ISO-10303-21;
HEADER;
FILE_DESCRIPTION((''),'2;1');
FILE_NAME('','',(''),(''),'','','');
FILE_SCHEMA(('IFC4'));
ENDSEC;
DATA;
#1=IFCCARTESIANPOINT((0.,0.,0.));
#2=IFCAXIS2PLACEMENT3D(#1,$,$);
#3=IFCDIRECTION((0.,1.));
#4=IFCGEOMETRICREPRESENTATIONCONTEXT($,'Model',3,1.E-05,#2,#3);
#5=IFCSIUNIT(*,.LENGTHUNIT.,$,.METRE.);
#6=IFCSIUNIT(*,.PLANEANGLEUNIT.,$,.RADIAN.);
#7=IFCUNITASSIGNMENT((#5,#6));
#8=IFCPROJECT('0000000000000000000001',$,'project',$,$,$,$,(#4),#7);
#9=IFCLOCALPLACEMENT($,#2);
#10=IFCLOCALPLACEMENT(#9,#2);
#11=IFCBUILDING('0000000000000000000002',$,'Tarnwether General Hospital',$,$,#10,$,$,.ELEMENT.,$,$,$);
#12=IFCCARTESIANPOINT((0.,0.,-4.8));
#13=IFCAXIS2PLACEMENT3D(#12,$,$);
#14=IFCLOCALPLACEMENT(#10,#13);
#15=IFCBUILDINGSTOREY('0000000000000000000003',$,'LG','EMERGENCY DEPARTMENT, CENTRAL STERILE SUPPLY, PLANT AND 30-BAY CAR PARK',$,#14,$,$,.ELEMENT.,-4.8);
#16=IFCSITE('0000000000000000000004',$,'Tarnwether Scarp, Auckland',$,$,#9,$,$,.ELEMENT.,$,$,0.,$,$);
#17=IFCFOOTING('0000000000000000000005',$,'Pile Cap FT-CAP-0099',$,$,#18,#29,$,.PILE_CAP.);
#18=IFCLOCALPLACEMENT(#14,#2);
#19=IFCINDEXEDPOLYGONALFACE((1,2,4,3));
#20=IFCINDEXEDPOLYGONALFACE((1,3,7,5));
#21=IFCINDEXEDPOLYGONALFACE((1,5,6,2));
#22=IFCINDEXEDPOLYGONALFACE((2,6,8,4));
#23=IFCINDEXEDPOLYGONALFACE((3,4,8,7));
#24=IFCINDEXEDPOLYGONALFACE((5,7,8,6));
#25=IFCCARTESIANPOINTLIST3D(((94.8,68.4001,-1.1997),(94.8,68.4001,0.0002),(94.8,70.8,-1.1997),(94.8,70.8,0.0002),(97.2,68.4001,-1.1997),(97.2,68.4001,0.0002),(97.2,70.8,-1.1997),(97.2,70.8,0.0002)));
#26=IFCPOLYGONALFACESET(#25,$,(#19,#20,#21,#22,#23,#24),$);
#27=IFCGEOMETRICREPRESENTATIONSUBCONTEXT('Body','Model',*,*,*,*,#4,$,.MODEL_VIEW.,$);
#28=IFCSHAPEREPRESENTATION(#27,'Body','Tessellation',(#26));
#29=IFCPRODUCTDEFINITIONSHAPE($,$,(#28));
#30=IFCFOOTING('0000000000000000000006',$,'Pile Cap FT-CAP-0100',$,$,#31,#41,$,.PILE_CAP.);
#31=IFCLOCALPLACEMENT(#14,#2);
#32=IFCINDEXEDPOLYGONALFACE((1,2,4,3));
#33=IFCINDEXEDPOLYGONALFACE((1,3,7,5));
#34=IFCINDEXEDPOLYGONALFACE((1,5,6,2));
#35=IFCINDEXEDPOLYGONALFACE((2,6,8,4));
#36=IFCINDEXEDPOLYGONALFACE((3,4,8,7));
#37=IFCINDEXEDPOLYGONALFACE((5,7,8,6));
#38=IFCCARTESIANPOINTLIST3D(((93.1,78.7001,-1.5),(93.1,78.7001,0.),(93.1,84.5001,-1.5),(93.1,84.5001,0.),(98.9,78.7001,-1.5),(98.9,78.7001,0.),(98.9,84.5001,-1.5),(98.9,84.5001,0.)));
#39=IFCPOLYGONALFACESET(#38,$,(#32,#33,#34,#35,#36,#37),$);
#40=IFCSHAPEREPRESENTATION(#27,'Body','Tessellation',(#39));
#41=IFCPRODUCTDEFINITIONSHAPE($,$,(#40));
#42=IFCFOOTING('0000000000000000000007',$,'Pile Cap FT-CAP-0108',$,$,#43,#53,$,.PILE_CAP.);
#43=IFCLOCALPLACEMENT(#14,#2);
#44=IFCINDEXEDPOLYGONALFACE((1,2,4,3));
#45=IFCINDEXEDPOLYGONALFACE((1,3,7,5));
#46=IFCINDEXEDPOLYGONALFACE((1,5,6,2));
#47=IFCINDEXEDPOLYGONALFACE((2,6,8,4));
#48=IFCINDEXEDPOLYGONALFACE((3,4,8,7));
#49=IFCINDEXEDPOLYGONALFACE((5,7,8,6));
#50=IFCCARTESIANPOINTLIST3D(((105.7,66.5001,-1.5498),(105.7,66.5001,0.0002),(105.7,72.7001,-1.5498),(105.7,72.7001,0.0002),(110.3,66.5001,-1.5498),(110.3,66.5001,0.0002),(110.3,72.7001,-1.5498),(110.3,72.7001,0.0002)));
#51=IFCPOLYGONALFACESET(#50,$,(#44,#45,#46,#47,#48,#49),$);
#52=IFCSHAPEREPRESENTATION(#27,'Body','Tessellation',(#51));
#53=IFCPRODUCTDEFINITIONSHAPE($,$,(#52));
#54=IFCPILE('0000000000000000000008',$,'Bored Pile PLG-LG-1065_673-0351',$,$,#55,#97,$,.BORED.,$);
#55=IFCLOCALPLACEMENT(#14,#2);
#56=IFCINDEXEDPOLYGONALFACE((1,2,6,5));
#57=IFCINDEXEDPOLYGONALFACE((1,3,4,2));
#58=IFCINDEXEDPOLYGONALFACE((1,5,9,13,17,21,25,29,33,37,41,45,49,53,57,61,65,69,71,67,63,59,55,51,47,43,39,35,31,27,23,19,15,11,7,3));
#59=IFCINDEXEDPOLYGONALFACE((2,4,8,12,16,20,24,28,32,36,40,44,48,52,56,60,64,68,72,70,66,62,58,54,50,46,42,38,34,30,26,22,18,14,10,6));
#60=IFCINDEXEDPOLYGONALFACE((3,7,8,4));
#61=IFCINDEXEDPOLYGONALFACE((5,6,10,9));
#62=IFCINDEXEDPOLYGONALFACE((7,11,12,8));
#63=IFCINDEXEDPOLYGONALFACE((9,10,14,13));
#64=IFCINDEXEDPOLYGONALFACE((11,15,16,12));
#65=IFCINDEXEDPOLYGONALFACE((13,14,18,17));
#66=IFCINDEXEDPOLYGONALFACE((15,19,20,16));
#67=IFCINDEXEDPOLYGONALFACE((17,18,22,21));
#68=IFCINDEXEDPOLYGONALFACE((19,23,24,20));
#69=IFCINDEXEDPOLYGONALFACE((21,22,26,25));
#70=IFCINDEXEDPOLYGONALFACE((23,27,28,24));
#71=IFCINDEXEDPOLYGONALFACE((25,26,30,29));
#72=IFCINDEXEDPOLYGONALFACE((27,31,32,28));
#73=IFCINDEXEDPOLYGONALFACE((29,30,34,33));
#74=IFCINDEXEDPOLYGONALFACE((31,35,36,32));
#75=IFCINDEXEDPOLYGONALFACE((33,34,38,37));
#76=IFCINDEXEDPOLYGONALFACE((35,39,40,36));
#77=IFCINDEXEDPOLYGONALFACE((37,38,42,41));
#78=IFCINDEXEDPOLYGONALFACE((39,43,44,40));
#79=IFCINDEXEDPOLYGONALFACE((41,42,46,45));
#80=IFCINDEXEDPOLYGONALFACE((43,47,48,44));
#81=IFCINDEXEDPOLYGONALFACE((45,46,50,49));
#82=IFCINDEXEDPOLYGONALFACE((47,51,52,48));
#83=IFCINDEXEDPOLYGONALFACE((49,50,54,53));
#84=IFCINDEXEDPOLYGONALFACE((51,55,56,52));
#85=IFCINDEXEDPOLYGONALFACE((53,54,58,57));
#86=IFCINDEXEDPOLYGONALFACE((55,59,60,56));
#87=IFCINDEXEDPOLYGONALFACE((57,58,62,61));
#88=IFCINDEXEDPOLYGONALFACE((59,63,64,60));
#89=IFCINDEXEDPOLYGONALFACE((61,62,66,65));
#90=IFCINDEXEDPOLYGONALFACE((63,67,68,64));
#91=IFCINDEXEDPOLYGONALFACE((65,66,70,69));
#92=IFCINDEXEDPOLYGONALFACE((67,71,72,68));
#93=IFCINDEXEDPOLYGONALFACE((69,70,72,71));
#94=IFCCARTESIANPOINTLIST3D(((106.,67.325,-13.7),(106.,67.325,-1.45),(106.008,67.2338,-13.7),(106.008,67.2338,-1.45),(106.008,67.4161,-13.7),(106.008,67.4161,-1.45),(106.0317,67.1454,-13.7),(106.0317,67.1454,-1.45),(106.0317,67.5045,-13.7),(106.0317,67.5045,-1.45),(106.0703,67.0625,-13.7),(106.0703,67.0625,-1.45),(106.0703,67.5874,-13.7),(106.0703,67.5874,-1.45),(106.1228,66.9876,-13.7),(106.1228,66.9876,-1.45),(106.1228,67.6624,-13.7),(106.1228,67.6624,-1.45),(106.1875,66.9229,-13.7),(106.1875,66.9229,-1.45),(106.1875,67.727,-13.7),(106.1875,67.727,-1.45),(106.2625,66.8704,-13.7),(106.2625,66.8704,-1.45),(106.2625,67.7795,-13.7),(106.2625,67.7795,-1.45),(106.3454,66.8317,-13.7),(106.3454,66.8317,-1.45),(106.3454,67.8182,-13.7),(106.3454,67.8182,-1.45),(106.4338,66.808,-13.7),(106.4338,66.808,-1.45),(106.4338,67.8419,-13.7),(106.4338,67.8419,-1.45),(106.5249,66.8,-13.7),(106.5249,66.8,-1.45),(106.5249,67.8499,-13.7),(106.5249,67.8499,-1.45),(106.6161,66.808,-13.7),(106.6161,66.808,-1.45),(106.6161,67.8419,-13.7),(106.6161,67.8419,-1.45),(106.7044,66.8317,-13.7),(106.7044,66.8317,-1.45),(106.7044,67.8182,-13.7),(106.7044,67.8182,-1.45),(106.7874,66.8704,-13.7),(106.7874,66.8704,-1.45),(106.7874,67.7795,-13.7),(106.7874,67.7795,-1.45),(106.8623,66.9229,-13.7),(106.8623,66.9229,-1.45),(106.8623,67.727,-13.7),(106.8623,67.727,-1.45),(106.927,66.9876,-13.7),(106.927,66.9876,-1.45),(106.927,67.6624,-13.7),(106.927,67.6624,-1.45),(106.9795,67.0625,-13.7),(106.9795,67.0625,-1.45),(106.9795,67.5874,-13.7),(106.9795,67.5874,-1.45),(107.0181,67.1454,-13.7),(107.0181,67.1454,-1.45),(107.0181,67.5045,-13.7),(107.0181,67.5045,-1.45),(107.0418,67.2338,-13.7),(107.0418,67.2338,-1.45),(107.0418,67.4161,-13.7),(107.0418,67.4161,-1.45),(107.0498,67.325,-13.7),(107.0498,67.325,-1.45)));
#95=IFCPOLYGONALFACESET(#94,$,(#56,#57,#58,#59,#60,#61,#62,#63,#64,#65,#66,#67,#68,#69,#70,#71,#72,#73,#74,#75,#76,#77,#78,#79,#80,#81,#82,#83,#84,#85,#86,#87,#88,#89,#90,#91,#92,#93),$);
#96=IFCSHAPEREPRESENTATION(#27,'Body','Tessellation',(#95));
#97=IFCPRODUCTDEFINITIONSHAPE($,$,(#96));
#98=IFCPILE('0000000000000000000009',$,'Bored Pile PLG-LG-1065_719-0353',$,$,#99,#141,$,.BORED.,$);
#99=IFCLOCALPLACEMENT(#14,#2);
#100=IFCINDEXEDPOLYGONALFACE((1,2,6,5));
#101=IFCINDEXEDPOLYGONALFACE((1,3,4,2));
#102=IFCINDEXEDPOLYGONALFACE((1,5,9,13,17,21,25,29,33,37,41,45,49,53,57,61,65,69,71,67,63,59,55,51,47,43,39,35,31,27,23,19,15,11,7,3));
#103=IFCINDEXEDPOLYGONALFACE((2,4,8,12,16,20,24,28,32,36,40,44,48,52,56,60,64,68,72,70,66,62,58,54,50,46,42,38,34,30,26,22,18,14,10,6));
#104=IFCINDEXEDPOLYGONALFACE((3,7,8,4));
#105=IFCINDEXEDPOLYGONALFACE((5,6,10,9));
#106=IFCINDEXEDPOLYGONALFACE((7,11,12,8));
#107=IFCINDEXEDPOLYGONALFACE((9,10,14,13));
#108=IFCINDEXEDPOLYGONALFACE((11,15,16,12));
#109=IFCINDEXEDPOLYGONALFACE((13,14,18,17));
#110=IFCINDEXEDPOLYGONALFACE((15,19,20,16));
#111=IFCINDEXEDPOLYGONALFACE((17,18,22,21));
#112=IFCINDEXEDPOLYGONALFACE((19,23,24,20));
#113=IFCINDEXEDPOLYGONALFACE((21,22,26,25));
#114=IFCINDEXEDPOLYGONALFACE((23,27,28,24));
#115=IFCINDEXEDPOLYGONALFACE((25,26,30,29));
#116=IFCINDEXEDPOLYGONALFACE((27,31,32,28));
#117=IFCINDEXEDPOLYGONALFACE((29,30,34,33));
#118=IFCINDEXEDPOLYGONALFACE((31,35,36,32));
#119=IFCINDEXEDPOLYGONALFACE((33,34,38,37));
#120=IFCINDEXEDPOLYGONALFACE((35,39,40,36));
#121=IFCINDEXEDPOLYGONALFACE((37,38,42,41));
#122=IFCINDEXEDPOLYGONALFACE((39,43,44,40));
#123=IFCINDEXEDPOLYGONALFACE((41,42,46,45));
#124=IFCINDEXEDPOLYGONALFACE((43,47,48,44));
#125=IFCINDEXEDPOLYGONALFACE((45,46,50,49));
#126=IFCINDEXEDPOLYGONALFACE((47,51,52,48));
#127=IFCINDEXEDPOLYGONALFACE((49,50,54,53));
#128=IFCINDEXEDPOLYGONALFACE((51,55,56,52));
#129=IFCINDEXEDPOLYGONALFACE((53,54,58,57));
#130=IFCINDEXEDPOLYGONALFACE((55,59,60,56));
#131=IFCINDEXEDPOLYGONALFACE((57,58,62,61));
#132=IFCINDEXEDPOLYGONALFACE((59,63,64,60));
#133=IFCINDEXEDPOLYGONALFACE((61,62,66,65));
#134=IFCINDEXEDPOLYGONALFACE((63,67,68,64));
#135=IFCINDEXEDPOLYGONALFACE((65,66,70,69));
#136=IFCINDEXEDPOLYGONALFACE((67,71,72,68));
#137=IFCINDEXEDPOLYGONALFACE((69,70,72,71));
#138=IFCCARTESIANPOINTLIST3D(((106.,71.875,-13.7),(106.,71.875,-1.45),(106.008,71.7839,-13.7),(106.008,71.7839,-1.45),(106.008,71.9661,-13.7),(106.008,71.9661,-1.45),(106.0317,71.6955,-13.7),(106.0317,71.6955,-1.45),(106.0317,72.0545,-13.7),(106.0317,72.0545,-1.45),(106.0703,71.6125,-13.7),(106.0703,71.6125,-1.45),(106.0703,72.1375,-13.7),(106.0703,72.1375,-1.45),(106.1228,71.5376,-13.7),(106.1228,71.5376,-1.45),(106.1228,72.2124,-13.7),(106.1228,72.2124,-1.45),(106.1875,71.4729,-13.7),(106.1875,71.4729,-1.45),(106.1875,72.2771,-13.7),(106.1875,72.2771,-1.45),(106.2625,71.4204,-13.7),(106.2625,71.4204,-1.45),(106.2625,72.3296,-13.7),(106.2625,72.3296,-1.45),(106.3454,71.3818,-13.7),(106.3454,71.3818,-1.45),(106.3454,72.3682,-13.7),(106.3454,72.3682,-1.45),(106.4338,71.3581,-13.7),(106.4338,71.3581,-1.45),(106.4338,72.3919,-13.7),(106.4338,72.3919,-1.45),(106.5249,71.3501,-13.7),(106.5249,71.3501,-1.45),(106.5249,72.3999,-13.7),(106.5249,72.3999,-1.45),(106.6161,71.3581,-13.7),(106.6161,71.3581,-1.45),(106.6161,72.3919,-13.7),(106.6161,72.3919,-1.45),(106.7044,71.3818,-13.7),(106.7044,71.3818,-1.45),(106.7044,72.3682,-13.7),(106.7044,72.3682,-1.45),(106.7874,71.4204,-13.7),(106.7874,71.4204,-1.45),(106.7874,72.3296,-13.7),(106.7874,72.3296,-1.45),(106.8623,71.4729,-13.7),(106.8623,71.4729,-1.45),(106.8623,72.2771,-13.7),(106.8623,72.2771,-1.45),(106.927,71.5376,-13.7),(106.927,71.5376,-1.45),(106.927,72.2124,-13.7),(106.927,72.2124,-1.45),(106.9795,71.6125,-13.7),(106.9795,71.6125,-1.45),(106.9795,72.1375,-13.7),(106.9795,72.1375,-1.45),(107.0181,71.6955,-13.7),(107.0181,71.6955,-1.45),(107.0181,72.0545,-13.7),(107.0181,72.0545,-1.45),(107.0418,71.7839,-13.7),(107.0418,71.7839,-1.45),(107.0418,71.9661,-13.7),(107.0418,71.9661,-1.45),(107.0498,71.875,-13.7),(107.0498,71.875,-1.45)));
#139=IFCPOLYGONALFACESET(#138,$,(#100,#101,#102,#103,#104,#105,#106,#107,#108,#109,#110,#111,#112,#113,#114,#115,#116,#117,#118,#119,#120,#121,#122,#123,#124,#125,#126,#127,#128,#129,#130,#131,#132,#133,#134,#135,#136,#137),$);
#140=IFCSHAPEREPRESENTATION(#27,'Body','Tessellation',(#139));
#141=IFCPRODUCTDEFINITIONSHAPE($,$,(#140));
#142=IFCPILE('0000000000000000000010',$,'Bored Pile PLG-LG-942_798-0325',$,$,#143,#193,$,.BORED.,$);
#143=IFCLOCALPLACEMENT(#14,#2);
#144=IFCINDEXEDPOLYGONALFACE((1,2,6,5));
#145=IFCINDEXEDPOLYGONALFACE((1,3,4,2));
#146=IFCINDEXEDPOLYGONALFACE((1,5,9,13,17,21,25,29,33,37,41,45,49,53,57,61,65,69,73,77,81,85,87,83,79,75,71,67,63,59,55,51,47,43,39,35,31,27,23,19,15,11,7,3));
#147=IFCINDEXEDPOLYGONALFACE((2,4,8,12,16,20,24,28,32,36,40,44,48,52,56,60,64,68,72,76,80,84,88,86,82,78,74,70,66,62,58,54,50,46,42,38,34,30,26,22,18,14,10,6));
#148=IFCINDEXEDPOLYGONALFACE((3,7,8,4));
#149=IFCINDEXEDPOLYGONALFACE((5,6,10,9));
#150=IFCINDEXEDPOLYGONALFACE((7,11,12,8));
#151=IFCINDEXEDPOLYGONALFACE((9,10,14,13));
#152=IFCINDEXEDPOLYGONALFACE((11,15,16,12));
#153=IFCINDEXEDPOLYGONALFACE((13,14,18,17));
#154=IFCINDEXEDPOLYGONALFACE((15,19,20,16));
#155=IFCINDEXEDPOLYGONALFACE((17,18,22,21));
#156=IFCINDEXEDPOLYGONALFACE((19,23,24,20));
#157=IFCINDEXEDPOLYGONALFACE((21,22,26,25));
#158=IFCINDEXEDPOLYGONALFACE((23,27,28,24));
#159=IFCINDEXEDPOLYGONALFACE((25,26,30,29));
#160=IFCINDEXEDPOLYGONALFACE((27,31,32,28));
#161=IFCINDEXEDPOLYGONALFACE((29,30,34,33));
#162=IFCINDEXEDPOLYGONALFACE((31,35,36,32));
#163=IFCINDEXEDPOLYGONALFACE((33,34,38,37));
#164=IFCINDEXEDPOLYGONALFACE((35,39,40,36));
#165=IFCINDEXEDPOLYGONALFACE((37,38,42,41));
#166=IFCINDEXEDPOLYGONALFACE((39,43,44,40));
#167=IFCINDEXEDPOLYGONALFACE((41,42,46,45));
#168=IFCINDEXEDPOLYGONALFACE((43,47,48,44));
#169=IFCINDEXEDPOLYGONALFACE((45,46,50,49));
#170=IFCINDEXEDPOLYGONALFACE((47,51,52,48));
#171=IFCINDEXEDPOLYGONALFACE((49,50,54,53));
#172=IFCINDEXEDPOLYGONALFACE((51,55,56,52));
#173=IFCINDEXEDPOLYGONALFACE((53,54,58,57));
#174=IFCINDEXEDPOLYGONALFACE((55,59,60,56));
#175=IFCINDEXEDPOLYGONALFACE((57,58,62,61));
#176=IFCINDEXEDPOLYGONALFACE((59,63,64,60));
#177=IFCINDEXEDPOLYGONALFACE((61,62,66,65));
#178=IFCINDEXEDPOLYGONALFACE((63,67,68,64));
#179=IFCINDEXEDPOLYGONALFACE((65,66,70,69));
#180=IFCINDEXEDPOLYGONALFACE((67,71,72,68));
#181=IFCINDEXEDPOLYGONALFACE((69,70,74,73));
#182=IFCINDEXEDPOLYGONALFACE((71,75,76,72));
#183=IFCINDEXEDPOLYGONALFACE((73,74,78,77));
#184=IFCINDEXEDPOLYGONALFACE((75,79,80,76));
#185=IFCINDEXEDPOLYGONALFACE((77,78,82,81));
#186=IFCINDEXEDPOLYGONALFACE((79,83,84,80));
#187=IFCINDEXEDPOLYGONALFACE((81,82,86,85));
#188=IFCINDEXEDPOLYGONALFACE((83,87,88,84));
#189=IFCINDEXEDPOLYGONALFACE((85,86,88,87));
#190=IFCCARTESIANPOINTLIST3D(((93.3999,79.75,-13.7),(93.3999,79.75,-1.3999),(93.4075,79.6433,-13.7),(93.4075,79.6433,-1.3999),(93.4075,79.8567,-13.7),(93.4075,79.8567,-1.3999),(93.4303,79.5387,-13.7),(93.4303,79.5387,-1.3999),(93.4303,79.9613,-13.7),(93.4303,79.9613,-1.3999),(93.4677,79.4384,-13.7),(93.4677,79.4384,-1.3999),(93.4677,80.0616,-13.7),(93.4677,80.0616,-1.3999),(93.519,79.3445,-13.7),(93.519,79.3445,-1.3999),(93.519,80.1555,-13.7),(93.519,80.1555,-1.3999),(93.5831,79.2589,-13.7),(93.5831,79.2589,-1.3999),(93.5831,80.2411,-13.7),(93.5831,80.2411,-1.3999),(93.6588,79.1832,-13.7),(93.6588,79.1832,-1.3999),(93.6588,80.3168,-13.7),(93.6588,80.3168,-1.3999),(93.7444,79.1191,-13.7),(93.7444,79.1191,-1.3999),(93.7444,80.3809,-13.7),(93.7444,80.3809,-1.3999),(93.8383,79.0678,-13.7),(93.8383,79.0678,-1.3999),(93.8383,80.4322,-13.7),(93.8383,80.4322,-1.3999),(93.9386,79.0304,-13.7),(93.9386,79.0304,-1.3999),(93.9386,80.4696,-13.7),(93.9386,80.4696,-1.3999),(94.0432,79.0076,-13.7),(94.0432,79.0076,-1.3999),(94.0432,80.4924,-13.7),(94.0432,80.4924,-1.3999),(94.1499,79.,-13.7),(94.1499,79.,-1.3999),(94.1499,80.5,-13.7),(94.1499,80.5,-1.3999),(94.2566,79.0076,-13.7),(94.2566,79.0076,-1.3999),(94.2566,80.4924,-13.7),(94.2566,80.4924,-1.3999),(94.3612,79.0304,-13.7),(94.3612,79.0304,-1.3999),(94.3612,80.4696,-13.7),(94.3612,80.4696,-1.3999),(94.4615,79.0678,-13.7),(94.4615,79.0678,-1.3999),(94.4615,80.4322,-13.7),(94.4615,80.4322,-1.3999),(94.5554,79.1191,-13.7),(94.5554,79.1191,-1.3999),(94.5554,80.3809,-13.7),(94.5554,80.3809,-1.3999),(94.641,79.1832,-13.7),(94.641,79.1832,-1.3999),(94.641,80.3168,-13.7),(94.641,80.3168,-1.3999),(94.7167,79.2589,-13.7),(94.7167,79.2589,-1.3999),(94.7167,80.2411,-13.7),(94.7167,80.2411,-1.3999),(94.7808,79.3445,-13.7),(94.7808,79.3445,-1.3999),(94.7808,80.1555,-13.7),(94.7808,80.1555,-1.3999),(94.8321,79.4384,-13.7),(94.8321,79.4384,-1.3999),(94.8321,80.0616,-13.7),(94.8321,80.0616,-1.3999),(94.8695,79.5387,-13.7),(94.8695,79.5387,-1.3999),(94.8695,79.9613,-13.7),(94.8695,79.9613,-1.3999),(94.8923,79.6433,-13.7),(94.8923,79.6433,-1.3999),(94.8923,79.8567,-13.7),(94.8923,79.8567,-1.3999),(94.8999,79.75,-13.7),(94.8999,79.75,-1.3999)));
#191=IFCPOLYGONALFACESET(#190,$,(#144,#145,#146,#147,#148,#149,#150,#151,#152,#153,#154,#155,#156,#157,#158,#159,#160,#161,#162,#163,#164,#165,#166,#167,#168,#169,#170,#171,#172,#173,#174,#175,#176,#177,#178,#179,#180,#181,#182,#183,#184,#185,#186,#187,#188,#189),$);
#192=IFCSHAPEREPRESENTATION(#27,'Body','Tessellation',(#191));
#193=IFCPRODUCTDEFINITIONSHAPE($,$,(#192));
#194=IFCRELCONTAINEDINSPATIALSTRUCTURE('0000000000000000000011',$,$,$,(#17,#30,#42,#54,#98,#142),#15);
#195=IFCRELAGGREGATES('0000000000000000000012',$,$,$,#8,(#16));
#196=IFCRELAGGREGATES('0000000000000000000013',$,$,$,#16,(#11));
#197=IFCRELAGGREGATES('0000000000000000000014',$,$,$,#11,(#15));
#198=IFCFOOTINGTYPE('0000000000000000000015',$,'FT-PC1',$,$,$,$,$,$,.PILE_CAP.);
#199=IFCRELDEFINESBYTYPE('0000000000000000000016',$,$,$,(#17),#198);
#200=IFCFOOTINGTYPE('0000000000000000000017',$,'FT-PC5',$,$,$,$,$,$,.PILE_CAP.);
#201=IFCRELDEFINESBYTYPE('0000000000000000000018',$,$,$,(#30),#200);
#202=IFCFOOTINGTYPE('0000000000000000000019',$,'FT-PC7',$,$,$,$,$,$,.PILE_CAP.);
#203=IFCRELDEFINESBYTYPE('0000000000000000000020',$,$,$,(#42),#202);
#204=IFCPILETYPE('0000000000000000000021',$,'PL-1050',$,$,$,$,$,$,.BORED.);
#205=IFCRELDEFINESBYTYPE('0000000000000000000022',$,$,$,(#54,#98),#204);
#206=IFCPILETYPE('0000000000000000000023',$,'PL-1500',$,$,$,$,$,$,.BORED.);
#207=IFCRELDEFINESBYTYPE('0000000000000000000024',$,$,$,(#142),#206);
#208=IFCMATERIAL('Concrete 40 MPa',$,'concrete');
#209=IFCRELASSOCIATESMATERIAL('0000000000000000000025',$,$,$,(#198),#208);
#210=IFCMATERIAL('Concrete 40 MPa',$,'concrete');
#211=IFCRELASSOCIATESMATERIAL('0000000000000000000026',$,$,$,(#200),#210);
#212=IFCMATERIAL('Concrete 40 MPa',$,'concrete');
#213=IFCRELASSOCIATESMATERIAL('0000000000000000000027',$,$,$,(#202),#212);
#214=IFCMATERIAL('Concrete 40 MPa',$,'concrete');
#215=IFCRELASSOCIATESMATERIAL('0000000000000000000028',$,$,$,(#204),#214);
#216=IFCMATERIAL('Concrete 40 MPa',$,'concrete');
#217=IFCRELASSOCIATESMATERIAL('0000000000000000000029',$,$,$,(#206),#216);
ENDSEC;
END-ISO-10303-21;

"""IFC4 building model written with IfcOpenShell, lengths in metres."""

from ifc_helpers import new_model, si_unit, direction, frame, origin, origin_2d, place, context, subcontext, project, spatial, rectangle, circle, extrude, material, material_profile, profile_set, type_object, element, save


model = new_model("IFC4")

# Units and contexts
model_context = context("Model", 3, precision=1e-05, world=origin(), true_north=direction((0.0, 1.0)))
body_context = subcontext(model_context, "Body", "Model", "MODEL_VIEW")
ifc_project = project(units=[si_unit("LENGTHUNIT", "METRE"), si_unit("PLANEANGLEUNIT", "RADIAN")], contexts=[model_context])

# Site, building, storey
site_placement = place(None, origin())
site = spatial("IfcSite", under=ifc_project, at=site_placement, Name="Tarnwether Scarp, Auckland", CompositionType="ELEMENT", RefElevation=0.0)
building_placement = place(site_placement, origin())
building = spatial("IfcBuilding", under=site, at=building_placement, Name="Tarnwether General Hospital", CompositionType="ELEMENT")
storey_placement = place(building_placement, frame((0.0, 0.0, -4.8)))
storey = spatial("IfcBuildingStorey", under=building, at=storey_placement, Name="LG", Description="EMERGENCY DEPARTMENT, CENTRAL STERILE SUPPLY, PLANT AND 30-BAY CAR PARK", CompositionType="ELEMENT", Elevation=-4.8)

# Footings
ifc_material_1 = material(Name="Concrete 40 MPa", Category="concrete")
footing_type_1 = type_object("IfcFootingType", Name="FT-PC1", PredefinedType="PILE_CAP", material=ifc_material_1)
footing_1_placement = place(storey_placement, frame((96.0, 69.6001, -1.1997), z_axis=(0.0, 0.0, 1.0), x_axis=(1.0, 0.0, 0.0)))
element("IfcFooting", 1, at=footing_1_placement, inside=storey, type_object=footing_type_1, Name="Pile Cap FT-CAP-0099", PredefinedType="PILE_CAP", context=body_context, shape_type="SweptSolid", body=[
    extrude(rectangle(XDim=2.3999, YDim=2.3999, at=origin_2d()), origin(), (0.0, 0.0, 1.0), 1.2),
])
ifc_material_2 = material(Name="Concrete 40 MPa", Category="concrete")
footing_type_2 = type_object("IfcFootingType", Name="FT-PC5", PredefinedType="PILE_CAP", material=ifc_material_2)
footing_2_placement = place(storey_placement, frame((96.0, 81.6001, -1.5), z_axis=(0.0, 0.0, 1.0), x_axis=(1.0, 0.0, 0.0)))
element("IfcFooting", 2, at=footing_2_placement, inside=storey, type_object=footing_type_2, Name="Pile Cap FT-CAP-0100", PredefinedType="PILE_CAP", context=body_context, shape_type="SweptSolid", body=[
    extrude(rectangle(XDim=5.8, YDim=5.8, at=origin_2d()), origin(), (0.0, 0.0, 1.0), 1.5),
])
ifc_material_3 = material(Name="Concrete 40 MPa", Category="concrete")
footing_type_3 = type_object("IfcFootingType", Name="FT-PC7", PredefinedType="PILE_CAP", material=ifc_material_3)
footing_3_placement = place(storey_placement, frame((108.0, 69.6001, -1.5498), z_axis=(0.0, 0.0, 1.0), x_axis=(0.0, 1.0, 0.0)))
element("IfcFooting", 3, at=footing_3_placement, inside=storey, type_object=footing_type_3, Name="Pile Cap FT-CAP-0108", PredefinedType="PILE_CAP", context=body_context, shape_type="SweptSolid", body=[
    extrude(rectangle(XDim=6.2, YDim=4.6001, at=origin_2d()), origin(), (0.0, 0.0, 1.0), 1.55),
])

# Piles
ifc_material_4 = material(Name="Concrete 40 MPa", Category="concrete")
ifc_material_profile_1 = material_profile(ifc_material_4, circle(Radius=0.5249, at=origin_2d()), Name="PILE-D1050")
ifc_profile_set_1 = profile_set([ifc_material_profile_1], Name="Concrete 40 MPa")
pile_type_1 = type_object("IfcPileType", Name="PL-1050", PredefinedType="BORED", material=ifc_profile_set_1)
for number, where, z_axis, x_axis, name in (
    (4, (106.5249, 67.325, -1.45), (0.0, 0.0, -1.0), (1.0, 0.0, 0.0), "Bored Pile PLG-LG-1065_673-0351"),
    (5, (106.5249, 71.875, -1.45), (0.0, 0.0, -1.0), (1.0, 0.0, 0.0), "Bored Pile PLG-LG-1065_719-0353"),
):
    element("IfcPile", number, at=place(storey_placement, frame(where, z_axis=z_axis, x_axis=x_axis)), inside=storey, type_object=pile_type_1, Name=name, PredefinedType="BORED", context=body_context, shape_type="SweptSolid", body=[
        extrude(circle(Radius=0.5249, at=origin_2d()), origin(), (0.0, 0.0, 1.0), 12.25),
    ])
ifc_material_5 = material(Name="Concrete 40 MPa", Category="concrete")
ifc_material_profile_2 = material_profile(ifc_material_5, circle(Radius=0.75, at=origin_2d()), Name="PILE-D1500")
ifc_profile_set_2 = profile_set([ifc_material_profile_2], Name="Concrete 40 MPa")
pile_type_2 = type_object("IfcPileType", Name="PL-1500", PredefinedType="BORED", material=ifc_profile_set_2)
for number, where, z_axis, x_axis, name in (
    (6, (94.1499, 79.75, -1.3999), (0.0, 0.0, -1.0), (1.0, 0.0, 0.0), "Bored Pile PLG-LG-942_798-0325"),
):
    element("IfcPile", number, at=place(storey_placement, frame(where, z_axis=z_axis, x_axis=x_axis)), inside=storey, type_object=pile_type_2, Name=name, PredefinedType="BORED", context=body_context, shape_type="SweptSolid", body=[
        extrude(circle(Radius=0.75, at=origin_2d()), origin(), (0.0, 0.0, 1.0), 12.3),
    ])

save(model, "model.ifc")
